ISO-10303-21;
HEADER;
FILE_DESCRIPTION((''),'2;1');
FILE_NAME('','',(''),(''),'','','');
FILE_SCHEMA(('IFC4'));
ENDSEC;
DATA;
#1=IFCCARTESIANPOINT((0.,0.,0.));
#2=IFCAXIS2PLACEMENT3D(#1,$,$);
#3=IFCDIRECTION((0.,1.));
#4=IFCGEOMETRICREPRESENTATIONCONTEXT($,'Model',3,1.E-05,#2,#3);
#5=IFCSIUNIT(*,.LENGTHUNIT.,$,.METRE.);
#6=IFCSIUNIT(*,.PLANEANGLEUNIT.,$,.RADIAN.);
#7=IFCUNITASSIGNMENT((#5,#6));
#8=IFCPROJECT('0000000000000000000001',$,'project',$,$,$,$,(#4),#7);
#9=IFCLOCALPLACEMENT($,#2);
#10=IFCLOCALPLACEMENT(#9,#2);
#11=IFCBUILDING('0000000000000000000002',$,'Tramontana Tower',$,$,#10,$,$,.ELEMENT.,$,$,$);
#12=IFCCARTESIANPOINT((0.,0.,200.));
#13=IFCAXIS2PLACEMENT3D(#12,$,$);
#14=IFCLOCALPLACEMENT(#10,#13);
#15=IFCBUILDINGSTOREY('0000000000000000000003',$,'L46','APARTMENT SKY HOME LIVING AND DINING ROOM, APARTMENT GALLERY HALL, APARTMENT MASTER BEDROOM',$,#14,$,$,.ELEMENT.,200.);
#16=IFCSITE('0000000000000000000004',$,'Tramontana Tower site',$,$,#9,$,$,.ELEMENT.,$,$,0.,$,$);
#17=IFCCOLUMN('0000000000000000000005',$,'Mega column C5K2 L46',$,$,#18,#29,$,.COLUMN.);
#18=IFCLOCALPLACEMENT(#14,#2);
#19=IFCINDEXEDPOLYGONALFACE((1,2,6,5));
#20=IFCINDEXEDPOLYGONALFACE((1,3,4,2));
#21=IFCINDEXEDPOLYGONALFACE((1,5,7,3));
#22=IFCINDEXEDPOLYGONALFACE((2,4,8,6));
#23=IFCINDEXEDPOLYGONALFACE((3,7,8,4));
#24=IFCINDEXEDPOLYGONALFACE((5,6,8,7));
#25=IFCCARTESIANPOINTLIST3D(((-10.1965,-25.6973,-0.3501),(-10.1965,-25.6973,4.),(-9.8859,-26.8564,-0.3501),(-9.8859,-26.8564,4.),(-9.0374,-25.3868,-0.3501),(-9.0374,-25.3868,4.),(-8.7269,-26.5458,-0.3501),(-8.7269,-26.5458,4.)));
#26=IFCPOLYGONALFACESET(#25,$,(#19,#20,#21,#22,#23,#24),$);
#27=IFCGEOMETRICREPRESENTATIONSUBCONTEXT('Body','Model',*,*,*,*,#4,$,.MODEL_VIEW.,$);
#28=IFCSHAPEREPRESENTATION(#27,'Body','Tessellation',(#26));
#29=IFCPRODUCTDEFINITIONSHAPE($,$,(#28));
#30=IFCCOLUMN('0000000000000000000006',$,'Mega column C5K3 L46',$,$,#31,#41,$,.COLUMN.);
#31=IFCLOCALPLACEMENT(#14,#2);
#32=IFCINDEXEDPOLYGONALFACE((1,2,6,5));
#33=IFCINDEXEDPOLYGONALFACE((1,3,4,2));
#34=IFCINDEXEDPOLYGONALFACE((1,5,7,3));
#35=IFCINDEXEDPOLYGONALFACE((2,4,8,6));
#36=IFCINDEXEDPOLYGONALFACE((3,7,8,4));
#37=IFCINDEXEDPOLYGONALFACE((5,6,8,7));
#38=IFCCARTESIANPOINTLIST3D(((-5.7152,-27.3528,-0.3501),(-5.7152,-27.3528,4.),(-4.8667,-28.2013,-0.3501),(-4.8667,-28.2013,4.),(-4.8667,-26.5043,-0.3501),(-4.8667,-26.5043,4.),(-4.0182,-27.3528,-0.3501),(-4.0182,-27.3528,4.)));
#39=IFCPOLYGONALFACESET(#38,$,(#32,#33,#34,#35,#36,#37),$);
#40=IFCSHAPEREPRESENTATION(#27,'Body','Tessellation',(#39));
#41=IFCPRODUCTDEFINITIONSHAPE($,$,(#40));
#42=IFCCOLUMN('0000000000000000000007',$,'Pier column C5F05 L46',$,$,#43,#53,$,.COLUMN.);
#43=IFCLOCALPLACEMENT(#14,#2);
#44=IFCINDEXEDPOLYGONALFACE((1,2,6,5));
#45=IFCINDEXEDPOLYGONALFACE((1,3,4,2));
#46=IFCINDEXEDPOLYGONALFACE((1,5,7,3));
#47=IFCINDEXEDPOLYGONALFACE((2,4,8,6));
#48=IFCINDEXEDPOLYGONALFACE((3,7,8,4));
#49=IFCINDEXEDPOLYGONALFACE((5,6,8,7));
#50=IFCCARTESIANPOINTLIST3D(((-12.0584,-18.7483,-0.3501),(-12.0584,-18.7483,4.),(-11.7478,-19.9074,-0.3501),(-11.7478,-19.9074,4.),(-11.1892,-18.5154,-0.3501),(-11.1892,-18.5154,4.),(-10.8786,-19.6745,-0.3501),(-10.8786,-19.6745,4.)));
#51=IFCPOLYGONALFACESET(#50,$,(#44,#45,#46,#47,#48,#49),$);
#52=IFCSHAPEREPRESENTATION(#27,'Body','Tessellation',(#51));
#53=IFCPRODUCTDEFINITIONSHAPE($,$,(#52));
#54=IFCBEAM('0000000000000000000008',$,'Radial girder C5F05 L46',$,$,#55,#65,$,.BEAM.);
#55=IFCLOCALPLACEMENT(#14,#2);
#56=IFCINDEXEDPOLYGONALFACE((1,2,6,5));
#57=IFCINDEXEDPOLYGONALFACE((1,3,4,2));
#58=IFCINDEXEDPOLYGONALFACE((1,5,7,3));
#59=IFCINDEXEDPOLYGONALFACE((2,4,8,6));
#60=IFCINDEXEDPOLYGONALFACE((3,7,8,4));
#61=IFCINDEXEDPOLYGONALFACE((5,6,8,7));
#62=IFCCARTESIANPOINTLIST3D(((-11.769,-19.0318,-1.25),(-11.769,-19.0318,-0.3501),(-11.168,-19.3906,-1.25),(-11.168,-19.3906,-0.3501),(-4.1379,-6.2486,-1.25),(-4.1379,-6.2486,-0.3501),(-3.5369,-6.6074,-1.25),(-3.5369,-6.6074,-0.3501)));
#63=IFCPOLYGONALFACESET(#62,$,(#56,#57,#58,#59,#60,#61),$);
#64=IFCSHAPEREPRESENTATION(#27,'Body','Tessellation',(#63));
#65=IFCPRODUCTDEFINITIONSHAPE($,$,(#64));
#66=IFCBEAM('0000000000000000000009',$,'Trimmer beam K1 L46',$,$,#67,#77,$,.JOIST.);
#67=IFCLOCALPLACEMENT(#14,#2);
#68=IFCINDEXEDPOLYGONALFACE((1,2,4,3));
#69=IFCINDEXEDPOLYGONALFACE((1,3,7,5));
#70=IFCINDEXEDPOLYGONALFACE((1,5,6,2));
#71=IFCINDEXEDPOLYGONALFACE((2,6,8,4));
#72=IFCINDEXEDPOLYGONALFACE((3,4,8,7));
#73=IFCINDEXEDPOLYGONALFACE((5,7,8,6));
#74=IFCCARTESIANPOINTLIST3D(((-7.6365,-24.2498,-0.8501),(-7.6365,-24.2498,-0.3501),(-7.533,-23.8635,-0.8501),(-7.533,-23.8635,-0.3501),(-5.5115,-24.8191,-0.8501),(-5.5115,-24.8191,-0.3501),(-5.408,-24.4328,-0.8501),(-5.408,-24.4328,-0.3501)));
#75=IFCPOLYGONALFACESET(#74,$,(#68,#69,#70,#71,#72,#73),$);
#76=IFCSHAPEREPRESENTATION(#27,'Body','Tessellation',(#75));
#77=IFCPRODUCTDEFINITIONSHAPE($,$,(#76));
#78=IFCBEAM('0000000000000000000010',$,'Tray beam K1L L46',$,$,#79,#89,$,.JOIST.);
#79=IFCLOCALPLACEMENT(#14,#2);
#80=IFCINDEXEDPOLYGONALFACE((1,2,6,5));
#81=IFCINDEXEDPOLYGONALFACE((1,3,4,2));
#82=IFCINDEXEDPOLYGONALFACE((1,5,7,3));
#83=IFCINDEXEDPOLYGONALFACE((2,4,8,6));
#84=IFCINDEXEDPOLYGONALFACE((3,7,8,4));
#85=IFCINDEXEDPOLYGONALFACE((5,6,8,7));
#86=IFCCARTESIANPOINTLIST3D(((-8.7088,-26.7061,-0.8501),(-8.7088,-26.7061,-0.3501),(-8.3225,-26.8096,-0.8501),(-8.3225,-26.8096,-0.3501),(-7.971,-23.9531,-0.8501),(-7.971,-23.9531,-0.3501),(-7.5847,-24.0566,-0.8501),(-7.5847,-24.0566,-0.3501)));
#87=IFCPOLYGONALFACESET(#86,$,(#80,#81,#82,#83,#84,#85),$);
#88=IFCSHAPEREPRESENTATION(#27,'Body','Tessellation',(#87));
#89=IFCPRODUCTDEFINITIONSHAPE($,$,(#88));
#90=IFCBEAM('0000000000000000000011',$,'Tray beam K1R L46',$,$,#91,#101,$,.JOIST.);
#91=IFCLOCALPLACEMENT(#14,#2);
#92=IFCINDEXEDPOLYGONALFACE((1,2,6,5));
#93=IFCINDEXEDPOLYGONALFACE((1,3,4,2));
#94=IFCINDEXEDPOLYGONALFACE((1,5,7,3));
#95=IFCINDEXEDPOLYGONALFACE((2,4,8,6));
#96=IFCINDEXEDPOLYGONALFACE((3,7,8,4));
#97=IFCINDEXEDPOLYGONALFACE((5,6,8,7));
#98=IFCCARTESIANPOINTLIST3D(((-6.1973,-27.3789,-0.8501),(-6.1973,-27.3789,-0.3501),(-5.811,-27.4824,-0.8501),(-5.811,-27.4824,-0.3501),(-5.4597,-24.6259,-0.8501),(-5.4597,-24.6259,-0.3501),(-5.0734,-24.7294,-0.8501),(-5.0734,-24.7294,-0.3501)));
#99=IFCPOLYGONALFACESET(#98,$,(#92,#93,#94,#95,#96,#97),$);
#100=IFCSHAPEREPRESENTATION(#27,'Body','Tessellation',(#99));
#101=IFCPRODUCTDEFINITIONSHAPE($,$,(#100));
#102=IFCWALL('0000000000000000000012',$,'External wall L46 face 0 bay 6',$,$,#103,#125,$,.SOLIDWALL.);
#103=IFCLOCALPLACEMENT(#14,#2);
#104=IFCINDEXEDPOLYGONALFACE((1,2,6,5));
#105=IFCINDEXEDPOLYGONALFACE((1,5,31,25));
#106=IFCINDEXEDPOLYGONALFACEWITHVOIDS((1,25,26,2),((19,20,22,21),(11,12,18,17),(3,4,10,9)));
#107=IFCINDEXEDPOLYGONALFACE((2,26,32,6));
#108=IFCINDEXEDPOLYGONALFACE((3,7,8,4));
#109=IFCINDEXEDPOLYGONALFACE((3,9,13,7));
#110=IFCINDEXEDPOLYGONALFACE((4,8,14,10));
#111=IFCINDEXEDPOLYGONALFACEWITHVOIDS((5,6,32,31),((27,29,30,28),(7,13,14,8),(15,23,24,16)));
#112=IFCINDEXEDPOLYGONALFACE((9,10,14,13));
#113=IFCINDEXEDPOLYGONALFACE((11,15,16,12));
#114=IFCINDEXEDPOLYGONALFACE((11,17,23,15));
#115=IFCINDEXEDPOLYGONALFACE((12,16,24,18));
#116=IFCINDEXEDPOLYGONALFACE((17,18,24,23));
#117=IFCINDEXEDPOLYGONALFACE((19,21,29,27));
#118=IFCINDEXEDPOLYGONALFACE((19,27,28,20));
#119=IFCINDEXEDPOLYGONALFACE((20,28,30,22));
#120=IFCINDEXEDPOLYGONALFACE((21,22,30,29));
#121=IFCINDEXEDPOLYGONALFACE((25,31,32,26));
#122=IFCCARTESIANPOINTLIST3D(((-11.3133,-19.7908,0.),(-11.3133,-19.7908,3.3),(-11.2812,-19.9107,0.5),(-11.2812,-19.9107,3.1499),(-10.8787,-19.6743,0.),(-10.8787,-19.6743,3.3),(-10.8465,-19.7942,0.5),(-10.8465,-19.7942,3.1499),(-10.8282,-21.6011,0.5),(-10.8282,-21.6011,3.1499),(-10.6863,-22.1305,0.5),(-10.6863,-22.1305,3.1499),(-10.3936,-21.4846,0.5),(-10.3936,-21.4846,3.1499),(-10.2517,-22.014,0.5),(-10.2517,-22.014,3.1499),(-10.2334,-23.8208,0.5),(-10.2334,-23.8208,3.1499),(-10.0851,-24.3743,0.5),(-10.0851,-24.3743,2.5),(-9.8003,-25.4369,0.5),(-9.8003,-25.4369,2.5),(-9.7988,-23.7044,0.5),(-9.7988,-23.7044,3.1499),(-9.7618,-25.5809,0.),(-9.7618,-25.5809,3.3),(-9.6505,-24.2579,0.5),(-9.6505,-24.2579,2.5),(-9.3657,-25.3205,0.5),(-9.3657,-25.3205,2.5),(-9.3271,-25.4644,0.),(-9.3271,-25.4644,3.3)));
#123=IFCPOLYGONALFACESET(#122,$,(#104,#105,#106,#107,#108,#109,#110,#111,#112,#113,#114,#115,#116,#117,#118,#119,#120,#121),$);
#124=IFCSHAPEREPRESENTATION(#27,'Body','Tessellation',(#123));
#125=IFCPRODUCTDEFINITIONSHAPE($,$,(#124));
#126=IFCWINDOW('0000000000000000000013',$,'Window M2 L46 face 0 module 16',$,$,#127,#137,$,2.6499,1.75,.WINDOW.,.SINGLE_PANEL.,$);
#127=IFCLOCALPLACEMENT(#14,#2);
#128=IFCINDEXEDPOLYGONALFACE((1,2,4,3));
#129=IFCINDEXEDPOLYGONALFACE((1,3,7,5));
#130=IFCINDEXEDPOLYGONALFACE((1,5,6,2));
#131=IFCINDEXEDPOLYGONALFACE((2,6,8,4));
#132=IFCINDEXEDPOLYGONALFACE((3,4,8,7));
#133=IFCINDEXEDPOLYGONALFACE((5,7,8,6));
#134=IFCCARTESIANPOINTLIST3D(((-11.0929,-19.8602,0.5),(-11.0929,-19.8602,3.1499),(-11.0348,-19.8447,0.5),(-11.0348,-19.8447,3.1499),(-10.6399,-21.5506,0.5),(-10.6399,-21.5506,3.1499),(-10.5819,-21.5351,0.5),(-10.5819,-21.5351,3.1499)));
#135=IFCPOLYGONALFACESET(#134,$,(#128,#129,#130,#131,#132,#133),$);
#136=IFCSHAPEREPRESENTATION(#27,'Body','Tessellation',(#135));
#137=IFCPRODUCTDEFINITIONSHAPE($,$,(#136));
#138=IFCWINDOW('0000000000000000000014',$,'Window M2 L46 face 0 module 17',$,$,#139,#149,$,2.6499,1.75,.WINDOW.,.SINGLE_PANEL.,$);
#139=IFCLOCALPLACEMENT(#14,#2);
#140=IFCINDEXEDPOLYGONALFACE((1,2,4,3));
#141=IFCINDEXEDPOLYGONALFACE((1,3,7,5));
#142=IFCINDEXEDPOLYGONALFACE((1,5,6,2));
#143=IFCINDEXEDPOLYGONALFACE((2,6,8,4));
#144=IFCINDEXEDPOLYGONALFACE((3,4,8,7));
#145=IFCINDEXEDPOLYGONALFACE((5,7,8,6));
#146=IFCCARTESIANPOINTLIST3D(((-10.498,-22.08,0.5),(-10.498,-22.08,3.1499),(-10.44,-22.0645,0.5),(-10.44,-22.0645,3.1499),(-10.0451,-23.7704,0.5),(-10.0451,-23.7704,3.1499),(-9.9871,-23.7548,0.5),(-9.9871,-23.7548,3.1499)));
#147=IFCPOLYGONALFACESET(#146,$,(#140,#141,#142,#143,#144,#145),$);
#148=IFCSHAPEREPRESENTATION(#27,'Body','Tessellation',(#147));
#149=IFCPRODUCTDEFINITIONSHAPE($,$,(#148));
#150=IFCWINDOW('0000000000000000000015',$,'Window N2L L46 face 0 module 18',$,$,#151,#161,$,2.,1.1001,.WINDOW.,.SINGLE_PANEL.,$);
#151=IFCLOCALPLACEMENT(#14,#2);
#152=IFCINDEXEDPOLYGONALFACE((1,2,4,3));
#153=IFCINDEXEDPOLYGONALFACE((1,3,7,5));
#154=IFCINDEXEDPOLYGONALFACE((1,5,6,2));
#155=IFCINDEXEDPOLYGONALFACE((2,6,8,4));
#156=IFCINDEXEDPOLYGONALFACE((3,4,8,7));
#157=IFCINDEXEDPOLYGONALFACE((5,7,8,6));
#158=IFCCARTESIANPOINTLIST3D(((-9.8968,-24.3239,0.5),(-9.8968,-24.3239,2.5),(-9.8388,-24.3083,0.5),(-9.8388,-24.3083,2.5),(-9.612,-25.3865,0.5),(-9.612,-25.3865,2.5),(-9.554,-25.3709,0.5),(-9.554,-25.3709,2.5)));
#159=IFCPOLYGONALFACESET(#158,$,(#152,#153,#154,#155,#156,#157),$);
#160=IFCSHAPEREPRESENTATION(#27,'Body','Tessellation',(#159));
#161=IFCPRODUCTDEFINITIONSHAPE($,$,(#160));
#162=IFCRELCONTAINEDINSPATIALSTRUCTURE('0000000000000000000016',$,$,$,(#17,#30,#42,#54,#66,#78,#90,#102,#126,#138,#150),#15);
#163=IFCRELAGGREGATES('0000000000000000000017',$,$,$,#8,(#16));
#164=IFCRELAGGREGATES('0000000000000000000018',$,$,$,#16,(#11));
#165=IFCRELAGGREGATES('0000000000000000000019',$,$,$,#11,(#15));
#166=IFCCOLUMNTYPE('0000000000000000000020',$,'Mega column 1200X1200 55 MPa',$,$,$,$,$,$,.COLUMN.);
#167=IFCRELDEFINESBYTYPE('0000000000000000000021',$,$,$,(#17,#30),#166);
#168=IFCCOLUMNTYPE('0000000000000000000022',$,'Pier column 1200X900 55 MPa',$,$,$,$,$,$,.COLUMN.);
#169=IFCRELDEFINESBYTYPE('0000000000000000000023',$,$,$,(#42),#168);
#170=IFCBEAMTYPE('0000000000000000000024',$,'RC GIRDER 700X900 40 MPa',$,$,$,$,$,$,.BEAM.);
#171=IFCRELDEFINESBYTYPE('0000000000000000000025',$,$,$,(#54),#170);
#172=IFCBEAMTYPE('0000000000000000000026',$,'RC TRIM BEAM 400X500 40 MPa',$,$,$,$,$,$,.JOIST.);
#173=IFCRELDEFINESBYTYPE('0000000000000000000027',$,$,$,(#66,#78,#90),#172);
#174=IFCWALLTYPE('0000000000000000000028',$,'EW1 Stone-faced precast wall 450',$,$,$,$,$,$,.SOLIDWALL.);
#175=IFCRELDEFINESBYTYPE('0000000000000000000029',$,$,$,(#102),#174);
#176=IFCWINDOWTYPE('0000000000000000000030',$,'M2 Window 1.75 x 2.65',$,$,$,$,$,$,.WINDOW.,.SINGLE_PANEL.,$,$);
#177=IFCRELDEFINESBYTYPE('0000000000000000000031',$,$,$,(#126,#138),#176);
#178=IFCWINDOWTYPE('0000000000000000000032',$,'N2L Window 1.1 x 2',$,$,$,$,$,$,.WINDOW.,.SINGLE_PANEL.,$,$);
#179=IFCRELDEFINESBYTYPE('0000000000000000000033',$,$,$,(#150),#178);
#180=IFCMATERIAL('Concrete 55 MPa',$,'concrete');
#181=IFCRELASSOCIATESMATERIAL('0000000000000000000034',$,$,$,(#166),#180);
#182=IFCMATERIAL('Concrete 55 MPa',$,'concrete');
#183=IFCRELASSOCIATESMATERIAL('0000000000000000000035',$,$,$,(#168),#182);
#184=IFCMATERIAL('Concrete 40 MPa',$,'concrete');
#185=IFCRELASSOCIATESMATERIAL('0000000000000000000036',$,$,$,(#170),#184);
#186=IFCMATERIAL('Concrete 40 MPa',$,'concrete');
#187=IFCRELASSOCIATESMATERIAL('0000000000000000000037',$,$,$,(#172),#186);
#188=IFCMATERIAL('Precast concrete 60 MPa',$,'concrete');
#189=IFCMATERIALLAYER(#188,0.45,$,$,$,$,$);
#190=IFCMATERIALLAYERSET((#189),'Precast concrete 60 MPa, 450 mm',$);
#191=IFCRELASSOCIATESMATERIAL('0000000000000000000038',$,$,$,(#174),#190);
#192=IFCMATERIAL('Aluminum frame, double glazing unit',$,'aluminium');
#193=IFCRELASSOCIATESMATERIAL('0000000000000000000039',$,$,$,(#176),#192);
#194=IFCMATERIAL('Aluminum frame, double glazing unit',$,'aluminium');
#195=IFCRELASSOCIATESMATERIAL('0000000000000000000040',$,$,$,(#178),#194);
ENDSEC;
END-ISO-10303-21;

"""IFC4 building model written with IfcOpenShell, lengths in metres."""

from ifc_helpers import new_model, si_unit, direction, frame, frame_2d, origin, origin_2d, place, context, subcontext, project, spatial, rectangle, extrude, material, layer, layer_set, material_profile, profile_set, type_object, element, fill, save


model = new_model("IFC4")

# Units and contexts
model_context = context("Model", 3, precision=1e-05, world=origin(), true_north=direction((0.0, 1.0)))
body_context = subcontext(model_context, "Body", "Model", "MODEL_VIEW")
ifc_project = project(units=[si_unit("LENGTHUNIT", "METRE"), si_unit("PLANEANGLEUNIT", "RADIAN")], contexts=[model_context])

# Site, building, storey
site_placement = place(None, origin())
site = spatial("IfcSite", under=ifc_project, at=site_placement, Name="Tramontana Tower site", CompositionType="ELEMENT", RefElevation=0.0)
building_placement = place(site_placement, origin())
building = spatial("IfcBuilding", under=site, at=building_placement, Name="Tramontana Tower", CompositionType="ELEMENT")
storey_placement = place(building_placement, frame((0.0, 0.0, 200.0)))
storey = spatial("IfcBuildingStorey", under=building, at=storey_placement, Name="L46", Description="APARTMENT SKY HOME LIVING AND DINING ROOM, APARTMENT GALLERY HALL, APARTMENT MASTER BEDROOM", CompositionType="ELEMENT", Elevation=200.0)

# Columns
ifc_material_1 = material(Name="Concrete 55 MPa", Category="concrete")
ifc_material_profile_1 = material_profile(ifc_material_1, rectangle(XDim=1.2, YDim=1.2, at=origin_2d()), Name="Mega column 1200X1200 55 MPa")
ifc_profile_set_1 = profile_set([ifc_material_profile_1], Name="Concrete 55 MPa")
column_type_1 = type_object("IfcColumnType", Name="Mega column 1200X1200 55 MPa", PredefinedType="COLUMN", material=ifc_profile_set_1)
for number, where, z_axis, x_axis, name in (
    (1, (-9.4617, -26.1216, -0.3501), (0.0, 0.0, 1.0), (0.258819, -0.965926, 0.0), "Mega column C5K2 L46"),
    (2, (-4.8667, -27.3528, -0.3501), (0.0, 0.0, 1.0), (0.707107, 0.707107, 0.0), "Mega column C5K3 L46"),
):
    element("IfcColumn", number, at=place(storey_placement, frame(where, z_axis=z_axis, x_axis=x_axis)), inside=storey, type_object=column_type_1, Name=name, PredefinedType="COLUMN", context=body_context, shape_type="SweptSolid", body=[
        extrude(rectangle(XDim=1.2, YDim=1.2, at=origin_2d()), origin(), (0.0, 0.0, 1.0), 4.3501),
    ])
ifc_material_2 = material(Name="Concrete 55 MPa", Category="concrete")
ifc_material_profile_2 = material_profile(ifc_material_2, rectangle(XDim=1.2, YDim=0.8999, at=origin_2d()), Name="Pier column 1200X900 55 MPa")
ifc_profile_set_2 = profile_set([ifc_material_profile_2], Name="Concrete 55 MPa")
column_type_2 = type_object("IfcColumnType", Name="Pier column 1200X900 55 MPa", PredefinedType="COLUMN", material=ifc_profile_set_2)
column_placement = place(storey_placement, frame((-11.4685, -19.2114, -0.3501), z_axis=(0.0, 0.0, 1.0), x_axis=(0.258819, -0.965926, 0.0)))
element("IfcColumn", 3, at=column_placement, inside=storey, type_object=column_type_2, Name="Pier column C5F05 L46", PredefinedType="COLUMN", context=body_context, shape_type="SweptSolid", body=[
    extrude(rectangle(XDim=1.2, YDim=0.8999, at=origin_2d()), origin(), (0.0, 0.0, 1.0), 4.3501),
])

# Beams
ifc_material_3 = material(Name="Concrete 40 MPa", Category="concrete")
ifc_material_profile_3 = material_profile(ifc_material_3, rectangle(XDim=0.7, YDim=0.8999, at=origin_2d()), Name="RC GIRDER 700X900 40 MPa")
ifc_profile_set_3 = profile_set([ifc_material_profile_3], Name="Concrete 40 MPa")
beam_type_1 = type_object("IfcBeamType", Name="RC GIRDER 700X900 40 MPa", PredefinedType="BEAM", material=ifc_profile_set_3)
beam_1_placement = place(storey_placement, frame((-11.4685, -19.2112, -0.8), z_axis=(0.512577, 0.858641, 0.0), x_axis=(-0.858641, 0.512577, 0.0)))
element("IfcBeam", 4, at=beam_1_placement, inside=storey, type_object=beam_type_1, Name="Radial girder C5F05 L46", PredefinedType="BEAM", context=body_context, shape_type="SweptSolid", body=[
    extrude(rectangle(XDim=0.7, YDim=0.8999, at=origin_2d()), origin(), (0.0, 0.0, 1.0), 14.8877),
])
ifc_material_4 = material(Name="Concrete 40 MPa", Category="concrete")
ifc_material_profile_4 = material_profile(ifc_material_4, rectangle(XDim=0.3999, YDim=0.5, at=origin_2d()), Name="RC TRIM BEAM 400X500 40 MPa")
ifc_profile_set_4 = profile_set([ifc_material_profile_4], Name="Concrete 40 MPa")
beam_type_2 = type_object("IfcBeamType", Name="RC TRIM BEAM 400X500 40 MPa", PredefinedType="JOIST", material=ifc_profile_set_4)
beam_2_placement = place(storey_placement, frame((-7.5847, -24.0566, -0.6001), z_axis=(0.965932, -0.258795, 0.0), x_axis=(0.258795, 0.965932, 0.0)))
element("IfcBeam", 5, at=beam_2_placement, inside=storey, type_object=beam_type_2, Name="Trimmer beam K1 L46", PredefinedType="JOIST", context=body_context, shape_type="SweptSolid", body=[
    extrude(rectangle(XDim=0.3999, YDim=0.5, at=origin_2d()), origin(), (0.0, 0.0, 1.0), 2.2),
])
for number, where, z_axis, x_axis, name in (
    (6, (-8.5156, -26.7578, -0.6001), (0.258867, 0.965913, 0.0), (-0.965913, 0.258867, 0.0), "Tray beam K1L L46"),
    (7, (-6.0042, -27.4307, -0.6001), (0.258787, 0.965934, 0.0), (-0.965934, 0.258787, 0.0), "Tray beam K1R L46"),
):
    element("IfcBeam", number, at=place(storey_placement, frame(where, z_axis=z_axis, x_axis=x_axis)), inside=storey, type_object=beam_type_2, Name=name, PredefinedType="JOIST", context=body_context, shape_type="SweptSolid", body=[
        extrude(rectangle(XDim=0.3999, YDim=0.5, at=origin_2d()), origin(), (0.0, 0.0, 1.0), 2.8501),
    ])

# Wall, openings, windows
ifc_material_5 = material(Name="Precast concrete 60 MPa", Category="concrete")
ifc_layer_1 = layer(ifc_material_5, 0.45)
ifc_layer_set_1 = layer_set([ifc_layer_1], Name="Precast concrete 60 MPa, 450 mm")
wall_type_1 = type_object("IfcWallType", Name="EW1 Stone-faced precast wall 450", PredefinedType="SOLIDWALL", material=ifc_layer_set_1)
wall_1_placement = place(storey_placement, frame((-11.0959, -19.7327, 0.0), z_axis=(0.0, 0.0, 1.0), x_axis=(0.258831, -0.965923, 0.0)))
wall_1 = element("IfcWall", 8, at=wall_1_placement, inside=storey, type_object=wall_type_1, Name="External wall L46 face 0 bay 6", PredefinedType="SOLIDWALL", context=body_context, shape_type="SweptSolid", body=[
    extrude(rectangle(XDim=5.9944, YDim=0.45, at=frame_2d((2.9971, 0.0))), origin(), (0.0, 0.0, 1.0), 3.3),
])
opening_1_placement = place(wall_1_placement, frame((0.124, 0.0, 0.5)))
opening_1 = element("IfcOpeningElement", 9, at=opening_1_placement, cuts=wall_1, PredefinedType="OPENING", context=body_context, shape_type="SweptSolid", body=[
    extrude(rectangle(XDim=1.75, YDim=2.6499, at=frame_2d((0.875, 1.325))), frame((0.0, 0.2349, 0.0), z_axis=(0.0, -1.0, 0.0), x_axis=(1.0, 0.0, 0.0)), (0.0, 0.0, 1.0), 0.47),
])
opening_2_placement = place(wall_1_placement, frame((2.4221, 0.0, 0.5)))
opening_2 = element("IfcOpeningElement", 10, at=opening_2_placement, cuts=wall_1, PredefinedType="OPENING", context=body_context, shape_type="SweptSolid", body=[
    extrude(rectangle(XDim=1.75, YDim=2.6499, at=frame_2d((0.875, 1.325))), frame((0.0, 0.2349, 0.0), z_axis=(0.0, -1.0, 0.0), x_axis=(1.0, 0.0, 0.0)), (0.0, 0.0, 1.0), 0.47),
])
opening_3_placement = place(wall_1_placement, frame((4.7451, 0.0, 0.5)))
opening_3 = element("IfcOpeningElement", 11, at=opening_3_placement, cuts=wall_1, PredefinedType="OPENING", context=body_context, shape_type="SweptSolid", body=[
    extrude(rectangle(XDim=1.1001, YDim=2.0, at=frame_2d((0.55, 1.0))), frame((0.0, 0.2349, 0.0), z_axis=(0.0, -1.0, 0.0), x_axis=(1.0, 0.0, 0.0)), (0.0, 0.0, 1.0), 0.47),
])
ifc_material_6 = material(Name="Aluminum frame, double glazing unit", Category="aluminium")
window_type_1 = type_object("IfcWindowType", Name="M2 Window 1.75 x 2.65", PartitioningType="SINGLE_PANEL", PredefinedType="WINDOW", material=ifc_material_6)
window_1_placement = place(opening_1_placement, origin())
window_1 = element("IfcWindow", 12, at=window_1_placement, inside=storey, type_object=window_type_1, Name="Window M2 L46 face 0 module 16", OverallHeight=2.6499, OverallWidth=1.75, PartitioningType="SINGLE_PANEL", PredefinedType="WINDOW", context=body_context, shape_type="SweptSolid", body=[
    extrude(rectangle(XDim=1.75, YDim=2.6499, at=frame_2d((0.875, 1.325))), frame((0.0, 0.03, 0.0), z_axis=(0.0, -1.0, 0.0), x_axis=(1.0, 0.0, 0.0)), (0.0, 0.0, 1.0), 0.0601),
])
fill(opening_1, window_1)
window_2_placement = place(opening_2_placement, origin())
window_2 = element("IfcWindow", 13, at=window_2_placement, inside=storey, type_object=window_type_1, Name="Window M2 L46 face 0 module 17", OverallHeight=2.6499, OverallWidth=1.75, PartitioningType="SINGLE_PANEL", PredefinedType="WINDOW", context=body_context, shape_type="SweptSolid", body=[
    extrude(rectangle(XDim=1.75, YDim=2.6499, at=frame_2d((0.875, 1.325))), frame((0.0, 0.03, 0.0), z_axis=(0.0, -1.0, 0.0), x_axis=(1.0, 0.0, 0.0)), (0.0, 0.0, 1.0), 0.0601),
])
fill(opening_2, window_2)
ifc_material_7 = material(Name="Aluminum frame, double glazing unit", Category="aluminium")
window_type_2 = type_object("IfcWindowType", Name="N2L Window 1.1 x 2", PartitioningType="SINGLE_PANEL", PredefinedType="WINDOW", material=ifc_material_7)
window_3_placement = place(opening_3_placement, origin())
window_3 = element("IfcWindow", 14, at=window_3_placement, inside=storey, type_object=window_type_2, Name="Window N2L L46 face 0 module 18", OverallHeight=2.0, OverallWidth=1.1001, PartitioningType="SINGLE_PANEL", PredefinedType="WINDOW", context=body_context, shape_type="SweptSolid", body=[
    extrude(rectangle(XDim=1.1001, YDim=2.0, at=frame_2d((0.55, 1.0))), frame((0.0, 0.03, 0.0), z_axis=(0.0, -1.0, 0.0), x_axis=(1.0, 0.0, 0.0)), (0.0, 0.0, 1.0), 0.0601),
])
fill(opening_3, window_3)

save(model, "model.ifc")
